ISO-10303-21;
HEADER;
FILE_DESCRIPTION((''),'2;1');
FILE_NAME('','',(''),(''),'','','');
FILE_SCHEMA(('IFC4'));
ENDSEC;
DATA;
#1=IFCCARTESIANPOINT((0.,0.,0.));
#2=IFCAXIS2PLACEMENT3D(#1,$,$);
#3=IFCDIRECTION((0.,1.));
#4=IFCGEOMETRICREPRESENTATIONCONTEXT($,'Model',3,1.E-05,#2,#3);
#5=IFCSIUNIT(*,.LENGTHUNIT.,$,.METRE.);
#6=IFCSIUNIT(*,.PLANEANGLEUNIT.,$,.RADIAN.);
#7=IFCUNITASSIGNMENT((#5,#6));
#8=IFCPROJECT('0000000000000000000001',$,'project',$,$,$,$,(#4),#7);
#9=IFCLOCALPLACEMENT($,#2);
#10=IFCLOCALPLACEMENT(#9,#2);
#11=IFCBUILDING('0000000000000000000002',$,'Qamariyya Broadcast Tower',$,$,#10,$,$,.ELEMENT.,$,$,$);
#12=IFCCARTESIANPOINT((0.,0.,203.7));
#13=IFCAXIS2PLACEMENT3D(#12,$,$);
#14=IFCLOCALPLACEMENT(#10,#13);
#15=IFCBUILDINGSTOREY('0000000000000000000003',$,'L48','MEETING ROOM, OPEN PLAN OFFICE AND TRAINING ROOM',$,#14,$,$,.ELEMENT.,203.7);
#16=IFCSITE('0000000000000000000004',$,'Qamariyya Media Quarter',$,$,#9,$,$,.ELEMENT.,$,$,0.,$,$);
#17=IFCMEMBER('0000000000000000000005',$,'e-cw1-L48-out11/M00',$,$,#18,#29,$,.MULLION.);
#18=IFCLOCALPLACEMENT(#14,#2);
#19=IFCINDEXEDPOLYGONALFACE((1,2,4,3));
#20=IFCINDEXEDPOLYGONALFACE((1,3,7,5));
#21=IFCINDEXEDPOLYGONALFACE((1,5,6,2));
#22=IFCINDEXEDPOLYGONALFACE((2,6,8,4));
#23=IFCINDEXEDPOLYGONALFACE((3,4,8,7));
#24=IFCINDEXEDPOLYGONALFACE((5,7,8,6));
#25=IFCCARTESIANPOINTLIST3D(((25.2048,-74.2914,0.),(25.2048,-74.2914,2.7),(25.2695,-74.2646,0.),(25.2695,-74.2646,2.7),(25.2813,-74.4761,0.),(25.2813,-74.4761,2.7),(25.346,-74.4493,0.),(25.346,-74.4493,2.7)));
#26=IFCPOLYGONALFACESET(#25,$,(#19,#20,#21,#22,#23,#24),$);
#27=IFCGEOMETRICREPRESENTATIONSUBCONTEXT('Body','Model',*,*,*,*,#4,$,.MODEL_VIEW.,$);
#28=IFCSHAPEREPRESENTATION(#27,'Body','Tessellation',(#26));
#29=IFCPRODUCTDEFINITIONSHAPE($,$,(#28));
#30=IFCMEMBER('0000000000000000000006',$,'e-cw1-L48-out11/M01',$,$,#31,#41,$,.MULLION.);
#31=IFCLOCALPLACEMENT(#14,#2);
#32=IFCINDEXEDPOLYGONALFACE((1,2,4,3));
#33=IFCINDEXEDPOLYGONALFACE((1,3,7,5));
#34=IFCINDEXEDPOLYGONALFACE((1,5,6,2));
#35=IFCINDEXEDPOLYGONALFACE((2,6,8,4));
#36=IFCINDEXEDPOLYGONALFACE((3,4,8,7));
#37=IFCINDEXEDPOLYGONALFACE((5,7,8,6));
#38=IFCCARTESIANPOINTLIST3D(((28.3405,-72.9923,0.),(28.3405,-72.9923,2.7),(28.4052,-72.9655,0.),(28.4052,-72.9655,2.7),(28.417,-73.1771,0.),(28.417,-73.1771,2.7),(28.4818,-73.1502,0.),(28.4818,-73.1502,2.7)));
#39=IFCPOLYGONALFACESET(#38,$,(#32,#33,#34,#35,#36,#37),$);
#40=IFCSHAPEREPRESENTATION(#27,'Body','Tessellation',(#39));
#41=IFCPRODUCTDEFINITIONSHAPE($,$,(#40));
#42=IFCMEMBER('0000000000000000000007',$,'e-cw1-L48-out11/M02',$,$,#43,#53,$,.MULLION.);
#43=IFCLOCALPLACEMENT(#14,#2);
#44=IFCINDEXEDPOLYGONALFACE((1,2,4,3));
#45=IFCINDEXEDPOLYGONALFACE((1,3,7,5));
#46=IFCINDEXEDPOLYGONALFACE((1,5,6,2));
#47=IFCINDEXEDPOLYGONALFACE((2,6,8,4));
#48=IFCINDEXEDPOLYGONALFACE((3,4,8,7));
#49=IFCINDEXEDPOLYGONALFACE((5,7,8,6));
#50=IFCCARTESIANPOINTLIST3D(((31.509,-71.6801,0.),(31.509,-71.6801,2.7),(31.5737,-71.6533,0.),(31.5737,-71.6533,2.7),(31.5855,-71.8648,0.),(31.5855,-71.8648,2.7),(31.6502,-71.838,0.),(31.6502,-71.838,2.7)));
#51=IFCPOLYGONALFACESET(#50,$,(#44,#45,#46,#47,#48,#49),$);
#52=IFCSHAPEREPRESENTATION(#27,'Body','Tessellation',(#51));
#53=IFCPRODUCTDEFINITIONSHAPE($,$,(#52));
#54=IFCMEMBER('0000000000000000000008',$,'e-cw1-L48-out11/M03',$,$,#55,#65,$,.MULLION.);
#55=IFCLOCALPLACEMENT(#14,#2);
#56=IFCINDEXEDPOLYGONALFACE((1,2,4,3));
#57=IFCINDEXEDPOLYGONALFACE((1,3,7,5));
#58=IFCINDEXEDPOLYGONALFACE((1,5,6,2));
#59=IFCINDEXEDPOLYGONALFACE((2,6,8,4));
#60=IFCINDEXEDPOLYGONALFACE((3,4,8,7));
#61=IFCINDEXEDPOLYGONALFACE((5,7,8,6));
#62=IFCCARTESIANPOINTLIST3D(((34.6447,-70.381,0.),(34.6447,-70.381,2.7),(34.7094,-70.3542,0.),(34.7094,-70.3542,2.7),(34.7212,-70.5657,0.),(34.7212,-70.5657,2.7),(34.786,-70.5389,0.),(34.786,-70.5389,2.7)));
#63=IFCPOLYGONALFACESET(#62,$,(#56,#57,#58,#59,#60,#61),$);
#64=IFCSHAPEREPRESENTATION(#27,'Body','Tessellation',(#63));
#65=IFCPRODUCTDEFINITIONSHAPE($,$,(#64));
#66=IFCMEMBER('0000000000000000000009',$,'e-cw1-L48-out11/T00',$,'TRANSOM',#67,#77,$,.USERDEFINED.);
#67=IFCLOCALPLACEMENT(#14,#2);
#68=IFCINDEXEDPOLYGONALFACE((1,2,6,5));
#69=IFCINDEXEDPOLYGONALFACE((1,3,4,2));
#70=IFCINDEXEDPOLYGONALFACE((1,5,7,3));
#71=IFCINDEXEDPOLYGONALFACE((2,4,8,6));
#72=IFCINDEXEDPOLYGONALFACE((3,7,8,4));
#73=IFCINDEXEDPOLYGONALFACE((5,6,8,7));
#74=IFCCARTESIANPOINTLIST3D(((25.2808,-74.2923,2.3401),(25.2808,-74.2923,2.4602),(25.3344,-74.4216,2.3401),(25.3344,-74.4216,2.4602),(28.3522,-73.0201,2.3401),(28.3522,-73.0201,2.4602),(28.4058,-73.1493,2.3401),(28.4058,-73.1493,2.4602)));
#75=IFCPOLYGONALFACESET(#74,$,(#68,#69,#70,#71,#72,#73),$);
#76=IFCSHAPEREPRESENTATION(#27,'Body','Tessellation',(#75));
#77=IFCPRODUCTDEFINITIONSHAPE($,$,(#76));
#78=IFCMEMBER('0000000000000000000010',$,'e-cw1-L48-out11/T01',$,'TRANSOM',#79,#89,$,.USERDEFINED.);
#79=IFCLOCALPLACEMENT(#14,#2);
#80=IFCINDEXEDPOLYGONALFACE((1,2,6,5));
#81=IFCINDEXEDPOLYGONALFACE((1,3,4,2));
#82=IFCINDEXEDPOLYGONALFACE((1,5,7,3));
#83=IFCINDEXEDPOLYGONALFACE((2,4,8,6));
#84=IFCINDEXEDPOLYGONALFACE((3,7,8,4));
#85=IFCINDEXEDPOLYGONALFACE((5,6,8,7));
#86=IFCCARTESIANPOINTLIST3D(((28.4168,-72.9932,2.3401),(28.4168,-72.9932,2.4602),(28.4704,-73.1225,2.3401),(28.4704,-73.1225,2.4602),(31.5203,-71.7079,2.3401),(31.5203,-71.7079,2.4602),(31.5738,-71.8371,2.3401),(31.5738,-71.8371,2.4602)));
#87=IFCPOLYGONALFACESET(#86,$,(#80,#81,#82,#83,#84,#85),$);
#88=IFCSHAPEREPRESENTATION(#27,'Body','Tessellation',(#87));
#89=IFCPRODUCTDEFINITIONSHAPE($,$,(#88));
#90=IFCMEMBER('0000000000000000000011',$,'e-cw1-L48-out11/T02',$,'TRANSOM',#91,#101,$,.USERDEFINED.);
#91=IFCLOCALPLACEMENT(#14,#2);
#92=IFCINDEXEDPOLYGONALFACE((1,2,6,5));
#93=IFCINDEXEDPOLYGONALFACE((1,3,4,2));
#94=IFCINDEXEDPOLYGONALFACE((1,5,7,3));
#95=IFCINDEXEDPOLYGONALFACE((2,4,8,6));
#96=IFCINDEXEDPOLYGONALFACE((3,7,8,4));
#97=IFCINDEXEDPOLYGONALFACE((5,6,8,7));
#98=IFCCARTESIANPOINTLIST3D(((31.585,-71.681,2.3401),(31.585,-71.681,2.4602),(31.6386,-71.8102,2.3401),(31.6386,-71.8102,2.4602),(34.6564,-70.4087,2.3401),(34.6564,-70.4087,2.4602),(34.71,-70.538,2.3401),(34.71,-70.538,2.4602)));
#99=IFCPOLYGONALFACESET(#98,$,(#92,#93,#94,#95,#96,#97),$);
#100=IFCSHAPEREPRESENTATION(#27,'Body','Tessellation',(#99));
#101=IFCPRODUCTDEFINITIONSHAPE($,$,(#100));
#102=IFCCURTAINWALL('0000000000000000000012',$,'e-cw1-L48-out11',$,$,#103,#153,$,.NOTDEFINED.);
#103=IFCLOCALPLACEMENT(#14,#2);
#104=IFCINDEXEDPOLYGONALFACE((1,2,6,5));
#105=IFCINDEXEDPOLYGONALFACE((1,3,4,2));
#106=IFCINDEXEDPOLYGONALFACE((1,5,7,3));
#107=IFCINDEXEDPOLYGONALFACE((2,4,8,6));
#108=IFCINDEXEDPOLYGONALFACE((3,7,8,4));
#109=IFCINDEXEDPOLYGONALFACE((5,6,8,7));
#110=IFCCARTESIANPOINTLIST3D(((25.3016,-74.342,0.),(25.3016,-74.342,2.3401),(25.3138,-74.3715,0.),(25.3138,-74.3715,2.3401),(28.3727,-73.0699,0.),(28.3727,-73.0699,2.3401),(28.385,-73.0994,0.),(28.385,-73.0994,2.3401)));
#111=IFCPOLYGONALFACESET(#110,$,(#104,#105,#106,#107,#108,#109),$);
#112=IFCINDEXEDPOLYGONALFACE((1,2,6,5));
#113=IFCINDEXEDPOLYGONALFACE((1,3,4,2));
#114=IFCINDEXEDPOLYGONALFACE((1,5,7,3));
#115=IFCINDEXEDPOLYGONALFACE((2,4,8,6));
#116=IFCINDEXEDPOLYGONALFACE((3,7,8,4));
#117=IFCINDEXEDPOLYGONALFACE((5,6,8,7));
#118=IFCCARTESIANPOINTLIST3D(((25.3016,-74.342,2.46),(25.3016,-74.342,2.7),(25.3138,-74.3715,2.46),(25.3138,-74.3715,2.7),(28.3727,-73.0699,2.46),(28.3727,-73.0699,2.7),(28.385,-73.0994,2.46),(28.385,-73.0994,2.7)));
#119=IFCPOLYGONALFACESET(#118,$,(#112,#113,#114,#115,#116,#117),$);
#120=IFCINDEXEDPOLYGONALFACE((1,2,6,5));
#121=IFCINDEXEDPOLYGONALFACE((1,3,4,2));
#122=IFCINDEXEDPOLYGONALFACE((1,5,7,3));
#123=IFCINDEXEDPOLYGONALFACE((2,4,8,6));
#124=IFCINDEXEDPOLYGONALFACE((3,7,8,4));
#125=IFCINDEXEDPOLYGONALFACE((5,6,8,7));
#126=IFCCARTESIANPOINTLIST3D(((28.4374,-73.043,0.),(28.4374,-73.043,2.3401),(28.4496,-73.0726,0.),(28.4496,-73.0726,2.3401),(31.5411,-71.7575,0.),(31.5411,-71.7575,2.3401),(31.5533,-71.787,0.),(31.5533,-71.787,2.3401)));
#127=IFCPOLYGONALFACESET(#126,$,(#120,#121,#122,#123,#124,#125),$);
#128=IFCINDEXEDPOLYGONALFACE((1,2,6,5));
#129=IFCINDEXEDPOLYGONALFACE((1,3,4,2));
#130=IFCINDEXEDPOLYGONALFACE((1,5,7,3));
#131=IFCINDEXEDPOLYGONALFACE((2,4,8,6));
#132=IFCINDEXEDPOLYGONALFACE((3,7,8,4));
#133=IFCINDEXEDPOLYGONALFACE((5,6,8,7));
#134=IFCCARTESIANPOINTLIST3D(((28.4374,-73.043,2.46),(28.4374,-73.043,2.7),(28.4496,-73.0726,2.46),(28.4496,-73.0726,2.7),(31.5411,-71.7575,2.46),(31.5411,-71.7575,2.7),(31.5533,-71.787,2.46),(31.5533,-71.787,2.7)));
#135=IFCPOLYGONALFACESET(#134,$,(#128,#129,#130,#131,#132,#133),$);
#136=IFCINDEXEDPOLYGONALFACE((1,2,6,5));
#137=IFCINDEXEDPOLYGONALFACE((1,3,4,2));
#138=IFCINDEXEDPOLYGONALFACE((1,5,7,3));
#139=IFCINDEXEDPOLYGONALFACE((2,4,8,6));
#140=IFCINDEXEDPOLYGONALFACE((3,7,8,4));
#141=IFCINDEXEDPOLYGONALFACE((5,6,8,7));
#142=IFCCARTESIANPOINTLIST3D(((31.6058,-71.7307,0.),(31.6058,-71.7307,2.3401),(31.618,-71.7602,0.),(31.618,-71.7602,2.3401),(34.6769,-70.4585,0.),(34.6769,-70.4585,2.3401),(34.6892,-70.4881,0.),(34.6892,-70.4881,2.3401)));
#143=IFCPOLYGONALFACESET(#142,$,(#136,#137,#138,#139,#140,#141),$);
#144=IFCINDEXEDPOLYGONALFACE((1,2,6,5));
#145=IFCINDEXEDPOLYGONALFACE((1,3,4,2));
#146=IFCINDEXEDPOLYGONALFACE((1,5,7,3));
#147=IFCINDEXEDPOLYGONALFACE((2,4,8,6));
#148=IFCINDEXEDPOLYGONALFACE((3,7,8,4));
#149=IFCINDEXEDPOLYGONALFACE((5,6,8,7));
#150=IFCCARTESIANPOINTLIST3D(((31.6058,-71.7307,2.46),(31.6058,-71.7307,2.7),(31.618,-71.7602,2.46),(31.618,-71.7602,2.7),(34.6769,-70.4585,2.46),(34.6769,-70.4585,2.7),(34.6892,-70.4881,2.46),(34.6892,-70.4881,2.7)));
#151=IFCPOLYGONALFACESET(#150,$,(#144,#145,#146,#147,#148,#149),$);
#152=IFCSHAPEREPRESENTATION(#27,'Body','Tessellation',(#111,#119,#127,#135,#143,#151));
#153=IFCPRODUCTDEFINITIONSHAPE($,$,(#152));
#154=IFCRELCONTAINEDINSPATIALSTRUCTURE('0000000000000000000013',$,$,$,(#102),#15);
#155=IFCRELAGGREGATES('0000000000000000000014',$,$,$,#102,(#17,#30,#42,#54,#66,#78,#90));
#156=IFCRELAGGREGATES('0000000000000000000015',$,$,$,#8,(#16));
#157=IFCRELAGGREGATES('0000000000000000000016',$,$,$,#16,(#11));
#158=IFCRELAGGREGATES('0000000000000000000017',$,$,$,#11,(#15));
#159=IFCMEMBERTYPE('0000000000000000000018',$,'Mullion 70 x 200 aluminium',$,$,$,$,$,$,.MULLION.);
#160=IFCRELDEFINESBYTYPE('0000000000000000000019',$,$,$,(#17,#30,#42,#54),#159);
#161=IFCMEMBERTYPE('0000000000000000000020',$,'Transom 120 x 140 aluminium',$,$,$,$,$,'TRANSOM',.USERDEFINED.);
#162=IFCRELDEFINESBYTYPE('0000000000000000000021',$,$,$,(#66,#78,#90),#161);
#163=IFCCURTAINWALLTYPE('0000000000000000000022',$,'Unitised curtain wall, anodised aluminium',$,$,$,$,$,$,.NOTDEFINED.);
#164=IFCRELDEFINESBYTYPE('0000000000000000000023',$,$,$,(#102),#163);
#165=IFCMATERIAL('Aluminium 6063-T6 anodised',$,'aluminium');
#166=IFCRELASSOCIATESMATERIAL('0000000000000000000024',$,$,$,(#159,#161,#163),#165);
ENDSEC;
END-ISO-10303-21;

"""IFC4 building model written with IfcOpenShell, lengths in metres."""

from ifc_helpers import new_model, si_unit, direction, frame, origin, origin_2d, place, context, subcontext, project, spatial, rectangle, extrude, material, material_profile, profile_set, type_object, element, aggregate, save


model = new_model("IFC4")

# Units and contexts
model_context = context("Model", 3, precision=1e-05, world=origin(), true_north=direction((0.0, 1.0)))
body_context = subcontext(model_context, "Body", "Model", "MODEL_VIEW")
ifc_project = project(units=[si_unit("LENGTHUNIT", "METRE"), si_unit("PLANEANGLEUNIT", "RADIAN")], contexts=[model_context])

# Members
ifc_material = material(Name="Aluminium 6063-T6 anodised", Category="aluminium")
ifc_material_profile_1 = material_profile(ifc_material, rectangle(XDim=0.2, YDim=0.0701, at=origin_2d()))
ifc_profile_set_1 = profile_set([ifc_material_profile_1], Name="Aluminium 6063-T6 anodised")
member_type_1 = type_object("IfcMemberType", Name="Mullion 70 x 200 aluminium", PredefinedType="MULLION", material=ifc_profile_set_1)
site_placement = place(None, origin())
building_placement = place(site_placement, origin())
storey_placement = place(building_placement, frame((0.0, 0.0, 203.7)))
member_1_placement = place(storey_placement, frame((25.2754, -74.3704, 0.0), z_axis=(0.0, 0.0, 1.0), x_axis=(-0.382683, 0.92388, 0.0)))
member_1 = element("IfcMember", 1, at=member_1_placement, type_object=member_type_1, Name="e-cw1-L48-out11/M00", PredefinedType="MULLION", context=body_context, shape_type="SweptSolid", body=[
    extrude(rectangle(XDim=0.2, YDim=0.0701, at=origin_2d()), origin(), (0.0, 0.0, 1.0), 2.7),
])
member_2_placement = place(storey_placement, frame((28.4111, -73.0713, 0.0), z_axis=(0.0, 0.0, 1.0), x_axis=(-0.382683, 0.92388, 0.0)))
member_2 = element("IfcMember", 2, at=member_2_placement, type_object=member_type_1, Name="e-cw1-L48-out11/M01", PredefinedType="MULLION", context=body_context, shape_type="SweptSolid", body=[
    extrude(rectangle(XDim=0.2, YDim=0.0701, at=origin_2d()), origin(), (0.0, 0.0, 1.0), 2.7),
])
member_3_placement = place(storey_placement, frame((31.5796, -71.759, 0.0), z_axis=(0.0, 0.0, 1.0), x_axis=(-0.382683, 0.92388, 0.0)))
member_3 = element("IfcMember", 3, at=member_3_placement, type_object=member_type_1, Name="e-cw1-L48-out11/M02", PredefinedType="MULLION", context=body_context, shape_type="SweptSolid", body=[
    extrude(rectangle(XDim=0.2, YDim=0.0701, at=origin_2d()), origin(), (0.0, 0.0, 1.0), 2.7),
])
member_4_placement = place(storey_placement, frame((34.7153, -70.46, 0.0), z_axis=(0.0, 0.0, 1.0), x_axis=(-0.382683, 0.92388, 0.0)))
member_4 = element("IfcMember", 4, at=member_4_placement, type_object=member_type_1, Name="e-cw1-L48-out11/M03", PredefinedType="MULLION", context=body_context, shape_type="SweptSolid", body=[
    extrude(rectangle(XDim=0.2, YDim=0.0701, at=origin_2d()), origin(), (0.0, 0.0, 1.0), 2.7),
])
ifc_material_profile_2 = material_profile(ifc_material, rectangle(XDim=0.1399, YDim=0.1201, at=origin_2d()))
ifc_profile_set_2 = profile_set([ifc_material_profile_2], Name="Aluminium 6063-T6 anodised")
member_type_2 = type_object("IfcMemberType", Name="Transom 120 x 140 aluminium", ElementType="TRANSOM", PredefinedType="USERDEFINED", material=ifc_profile_set_2)
member_5_placement = place(storey_placement, frame((25.3076, -74.3569, 2.4001), z_axis=(0.923875, 0.382696, 0.0), x_axis=(-0.382696, 0.923875, 0.0)))
member_5 = element("IfcMember", 5, at=member_5_placement, type_object=member_type_2, Name="e-cw1-L48-out11/T00", ObjectType="TRANSOM", PredefinedType="USERDEFINED", context=body_context, shape_type="SweptSolid", body=[
    extrude(rectangle(XDim=0.1399, YDim=0.1201, at=origin_2d()), origin(), (0.0, 0.0, 1.0), 3.3245),
])
member_6_placement = place(storey_placement, frame((28.4436, -73.0579, 2.4001), z_axis=(0.923892, 0.382653, 0.0), x_axis=(-0.382653, 0.923892, 0.0)))
member_6 = element("IfcMember", 6, at=member_6_placement, type_object=member_type_2, Name="e-cw1-L48-out11/T01", ObjectType="TRANSOM", PredefinedType="USERDEFINED", context=body_context, shape_type="SweptSolid", body=[
    extrude(rectangle(XDim=0.1399, YDim=0.1201, at=origin_2d()), origin(), (0.0, 0.0, 1.0), 3.3591),
])
member_7_placement = place(storey_placement, frame((31.6118, -71.7456, 2.4001), z_axis=(0.923875, 0.382696, 0.0), x_axis=(-0.382696, 0.923875, 0.0)))
member_7 = element("IfcMember", 7, at=member_7_placement, type_object=member_type_2, Name="e-cw1-L48-out11/T02", ObjectType="TRANSOM", PredefinedType="USERDEFINED", context=body_context, shape_type="SweptSolid", body=[
    extrude(rectangle(XDim=0.1399, YDim=0.1201, at=origin_2d()), origin(), (0.0, 0.0, 1.0), 3.3245),
])

# Site, building, storey
site = spatial("IfcSite", under=ifc_project, at=site_placement, Name="Qamariyya Media Quarter", CompositionType="ELEMENT", RefElevation=0.0)
building = spatial("IfcBuilding", under=site, at=building_placement, Name="Qamariyya Broadcast Tower", CompositionType="ELEMENT")
storey = spatial("IfcBuildingStorey", under=building, at=storey_placement, Name="L48", Description="MEETING ROOM, OPEN PLAN OFFICE AND TRAINING ROOM", CompositionType="ELEMENT", Elevation=203.7)

# Curtain wall
curtain_wall_type = type_object("IfcCurtainWallType", Name="Unitised curtain wall, anodised aluminium", PredefinedType="NOTDEFINED", material=ifc_material)
curtain_wall_1_placement = place(storey_placement, origin())
curtain_wall_1 = element("IfcCurtainWall", 8, at=curtain_wall_1_placement, inside=storey, type_object=curtain_wall_type, Name="e-cw1-L48-out11", PredefinedType="NOTDEFINED", context=body_context, shape_type="SweptSolid", body=[
    extrude(rectangle(XDim=3.3242, YDim=0.032, at=origin_2d()), frame((26.8433, -73.7207, 0.0), x_axis=(0.923881, 0.38268, 0.0)), (0.0, 0.0, 1.0), 2.3401),
    extrude(rectangle(XDim=3.3242, YDim=0.032, at=origin_2d()), frame((26.8433, -73.7207, 2.46), x_axis=(0.923881, 0.38268, 0.0)), (0.0, 0.0, 1.0), 0.24),
    extrude(rectangle(XDim=3.3594, YDim=0.032, at=origin_2d()), frame((29.9954, -72.415, 0.0), x_axis=(0.923881, 0.38268, 0.0)), (0.0, 0.0, 1.0), 2.3401),
    extrude(rectangle(XDim=3.3594, YDim=0.032, at=origin_2d()), frame((29.9954, -72.415, 2.46), x_axis=(0.923881, 0.38268, 0.0)), (0.0, 0.0, 1.0), 0.24),
    extrude(rectangle(XDim=3.3242, YDim=0.032, at=origin_2d()), frame((33.1475, -71.1094, 0.0), x_axis=(0.923881, 0.38268, 0.0)), (0.0, 0.0, 1.0), 2.3401),
    extrude(rectangle(XDim=3.3242, YDim=0.032, at=origin_2d()), frame((33.1475, -71.1094, 2.46), x_axis=(0.923881, 0.38268, 0.0)), (0.0, 0.0, 1.0), 0.24),
])
aggregate(curtain_wall_1, [member_1, member_2, member_3, member_4, member_5, member_6, member_7])

save(model, "model.ifc")
